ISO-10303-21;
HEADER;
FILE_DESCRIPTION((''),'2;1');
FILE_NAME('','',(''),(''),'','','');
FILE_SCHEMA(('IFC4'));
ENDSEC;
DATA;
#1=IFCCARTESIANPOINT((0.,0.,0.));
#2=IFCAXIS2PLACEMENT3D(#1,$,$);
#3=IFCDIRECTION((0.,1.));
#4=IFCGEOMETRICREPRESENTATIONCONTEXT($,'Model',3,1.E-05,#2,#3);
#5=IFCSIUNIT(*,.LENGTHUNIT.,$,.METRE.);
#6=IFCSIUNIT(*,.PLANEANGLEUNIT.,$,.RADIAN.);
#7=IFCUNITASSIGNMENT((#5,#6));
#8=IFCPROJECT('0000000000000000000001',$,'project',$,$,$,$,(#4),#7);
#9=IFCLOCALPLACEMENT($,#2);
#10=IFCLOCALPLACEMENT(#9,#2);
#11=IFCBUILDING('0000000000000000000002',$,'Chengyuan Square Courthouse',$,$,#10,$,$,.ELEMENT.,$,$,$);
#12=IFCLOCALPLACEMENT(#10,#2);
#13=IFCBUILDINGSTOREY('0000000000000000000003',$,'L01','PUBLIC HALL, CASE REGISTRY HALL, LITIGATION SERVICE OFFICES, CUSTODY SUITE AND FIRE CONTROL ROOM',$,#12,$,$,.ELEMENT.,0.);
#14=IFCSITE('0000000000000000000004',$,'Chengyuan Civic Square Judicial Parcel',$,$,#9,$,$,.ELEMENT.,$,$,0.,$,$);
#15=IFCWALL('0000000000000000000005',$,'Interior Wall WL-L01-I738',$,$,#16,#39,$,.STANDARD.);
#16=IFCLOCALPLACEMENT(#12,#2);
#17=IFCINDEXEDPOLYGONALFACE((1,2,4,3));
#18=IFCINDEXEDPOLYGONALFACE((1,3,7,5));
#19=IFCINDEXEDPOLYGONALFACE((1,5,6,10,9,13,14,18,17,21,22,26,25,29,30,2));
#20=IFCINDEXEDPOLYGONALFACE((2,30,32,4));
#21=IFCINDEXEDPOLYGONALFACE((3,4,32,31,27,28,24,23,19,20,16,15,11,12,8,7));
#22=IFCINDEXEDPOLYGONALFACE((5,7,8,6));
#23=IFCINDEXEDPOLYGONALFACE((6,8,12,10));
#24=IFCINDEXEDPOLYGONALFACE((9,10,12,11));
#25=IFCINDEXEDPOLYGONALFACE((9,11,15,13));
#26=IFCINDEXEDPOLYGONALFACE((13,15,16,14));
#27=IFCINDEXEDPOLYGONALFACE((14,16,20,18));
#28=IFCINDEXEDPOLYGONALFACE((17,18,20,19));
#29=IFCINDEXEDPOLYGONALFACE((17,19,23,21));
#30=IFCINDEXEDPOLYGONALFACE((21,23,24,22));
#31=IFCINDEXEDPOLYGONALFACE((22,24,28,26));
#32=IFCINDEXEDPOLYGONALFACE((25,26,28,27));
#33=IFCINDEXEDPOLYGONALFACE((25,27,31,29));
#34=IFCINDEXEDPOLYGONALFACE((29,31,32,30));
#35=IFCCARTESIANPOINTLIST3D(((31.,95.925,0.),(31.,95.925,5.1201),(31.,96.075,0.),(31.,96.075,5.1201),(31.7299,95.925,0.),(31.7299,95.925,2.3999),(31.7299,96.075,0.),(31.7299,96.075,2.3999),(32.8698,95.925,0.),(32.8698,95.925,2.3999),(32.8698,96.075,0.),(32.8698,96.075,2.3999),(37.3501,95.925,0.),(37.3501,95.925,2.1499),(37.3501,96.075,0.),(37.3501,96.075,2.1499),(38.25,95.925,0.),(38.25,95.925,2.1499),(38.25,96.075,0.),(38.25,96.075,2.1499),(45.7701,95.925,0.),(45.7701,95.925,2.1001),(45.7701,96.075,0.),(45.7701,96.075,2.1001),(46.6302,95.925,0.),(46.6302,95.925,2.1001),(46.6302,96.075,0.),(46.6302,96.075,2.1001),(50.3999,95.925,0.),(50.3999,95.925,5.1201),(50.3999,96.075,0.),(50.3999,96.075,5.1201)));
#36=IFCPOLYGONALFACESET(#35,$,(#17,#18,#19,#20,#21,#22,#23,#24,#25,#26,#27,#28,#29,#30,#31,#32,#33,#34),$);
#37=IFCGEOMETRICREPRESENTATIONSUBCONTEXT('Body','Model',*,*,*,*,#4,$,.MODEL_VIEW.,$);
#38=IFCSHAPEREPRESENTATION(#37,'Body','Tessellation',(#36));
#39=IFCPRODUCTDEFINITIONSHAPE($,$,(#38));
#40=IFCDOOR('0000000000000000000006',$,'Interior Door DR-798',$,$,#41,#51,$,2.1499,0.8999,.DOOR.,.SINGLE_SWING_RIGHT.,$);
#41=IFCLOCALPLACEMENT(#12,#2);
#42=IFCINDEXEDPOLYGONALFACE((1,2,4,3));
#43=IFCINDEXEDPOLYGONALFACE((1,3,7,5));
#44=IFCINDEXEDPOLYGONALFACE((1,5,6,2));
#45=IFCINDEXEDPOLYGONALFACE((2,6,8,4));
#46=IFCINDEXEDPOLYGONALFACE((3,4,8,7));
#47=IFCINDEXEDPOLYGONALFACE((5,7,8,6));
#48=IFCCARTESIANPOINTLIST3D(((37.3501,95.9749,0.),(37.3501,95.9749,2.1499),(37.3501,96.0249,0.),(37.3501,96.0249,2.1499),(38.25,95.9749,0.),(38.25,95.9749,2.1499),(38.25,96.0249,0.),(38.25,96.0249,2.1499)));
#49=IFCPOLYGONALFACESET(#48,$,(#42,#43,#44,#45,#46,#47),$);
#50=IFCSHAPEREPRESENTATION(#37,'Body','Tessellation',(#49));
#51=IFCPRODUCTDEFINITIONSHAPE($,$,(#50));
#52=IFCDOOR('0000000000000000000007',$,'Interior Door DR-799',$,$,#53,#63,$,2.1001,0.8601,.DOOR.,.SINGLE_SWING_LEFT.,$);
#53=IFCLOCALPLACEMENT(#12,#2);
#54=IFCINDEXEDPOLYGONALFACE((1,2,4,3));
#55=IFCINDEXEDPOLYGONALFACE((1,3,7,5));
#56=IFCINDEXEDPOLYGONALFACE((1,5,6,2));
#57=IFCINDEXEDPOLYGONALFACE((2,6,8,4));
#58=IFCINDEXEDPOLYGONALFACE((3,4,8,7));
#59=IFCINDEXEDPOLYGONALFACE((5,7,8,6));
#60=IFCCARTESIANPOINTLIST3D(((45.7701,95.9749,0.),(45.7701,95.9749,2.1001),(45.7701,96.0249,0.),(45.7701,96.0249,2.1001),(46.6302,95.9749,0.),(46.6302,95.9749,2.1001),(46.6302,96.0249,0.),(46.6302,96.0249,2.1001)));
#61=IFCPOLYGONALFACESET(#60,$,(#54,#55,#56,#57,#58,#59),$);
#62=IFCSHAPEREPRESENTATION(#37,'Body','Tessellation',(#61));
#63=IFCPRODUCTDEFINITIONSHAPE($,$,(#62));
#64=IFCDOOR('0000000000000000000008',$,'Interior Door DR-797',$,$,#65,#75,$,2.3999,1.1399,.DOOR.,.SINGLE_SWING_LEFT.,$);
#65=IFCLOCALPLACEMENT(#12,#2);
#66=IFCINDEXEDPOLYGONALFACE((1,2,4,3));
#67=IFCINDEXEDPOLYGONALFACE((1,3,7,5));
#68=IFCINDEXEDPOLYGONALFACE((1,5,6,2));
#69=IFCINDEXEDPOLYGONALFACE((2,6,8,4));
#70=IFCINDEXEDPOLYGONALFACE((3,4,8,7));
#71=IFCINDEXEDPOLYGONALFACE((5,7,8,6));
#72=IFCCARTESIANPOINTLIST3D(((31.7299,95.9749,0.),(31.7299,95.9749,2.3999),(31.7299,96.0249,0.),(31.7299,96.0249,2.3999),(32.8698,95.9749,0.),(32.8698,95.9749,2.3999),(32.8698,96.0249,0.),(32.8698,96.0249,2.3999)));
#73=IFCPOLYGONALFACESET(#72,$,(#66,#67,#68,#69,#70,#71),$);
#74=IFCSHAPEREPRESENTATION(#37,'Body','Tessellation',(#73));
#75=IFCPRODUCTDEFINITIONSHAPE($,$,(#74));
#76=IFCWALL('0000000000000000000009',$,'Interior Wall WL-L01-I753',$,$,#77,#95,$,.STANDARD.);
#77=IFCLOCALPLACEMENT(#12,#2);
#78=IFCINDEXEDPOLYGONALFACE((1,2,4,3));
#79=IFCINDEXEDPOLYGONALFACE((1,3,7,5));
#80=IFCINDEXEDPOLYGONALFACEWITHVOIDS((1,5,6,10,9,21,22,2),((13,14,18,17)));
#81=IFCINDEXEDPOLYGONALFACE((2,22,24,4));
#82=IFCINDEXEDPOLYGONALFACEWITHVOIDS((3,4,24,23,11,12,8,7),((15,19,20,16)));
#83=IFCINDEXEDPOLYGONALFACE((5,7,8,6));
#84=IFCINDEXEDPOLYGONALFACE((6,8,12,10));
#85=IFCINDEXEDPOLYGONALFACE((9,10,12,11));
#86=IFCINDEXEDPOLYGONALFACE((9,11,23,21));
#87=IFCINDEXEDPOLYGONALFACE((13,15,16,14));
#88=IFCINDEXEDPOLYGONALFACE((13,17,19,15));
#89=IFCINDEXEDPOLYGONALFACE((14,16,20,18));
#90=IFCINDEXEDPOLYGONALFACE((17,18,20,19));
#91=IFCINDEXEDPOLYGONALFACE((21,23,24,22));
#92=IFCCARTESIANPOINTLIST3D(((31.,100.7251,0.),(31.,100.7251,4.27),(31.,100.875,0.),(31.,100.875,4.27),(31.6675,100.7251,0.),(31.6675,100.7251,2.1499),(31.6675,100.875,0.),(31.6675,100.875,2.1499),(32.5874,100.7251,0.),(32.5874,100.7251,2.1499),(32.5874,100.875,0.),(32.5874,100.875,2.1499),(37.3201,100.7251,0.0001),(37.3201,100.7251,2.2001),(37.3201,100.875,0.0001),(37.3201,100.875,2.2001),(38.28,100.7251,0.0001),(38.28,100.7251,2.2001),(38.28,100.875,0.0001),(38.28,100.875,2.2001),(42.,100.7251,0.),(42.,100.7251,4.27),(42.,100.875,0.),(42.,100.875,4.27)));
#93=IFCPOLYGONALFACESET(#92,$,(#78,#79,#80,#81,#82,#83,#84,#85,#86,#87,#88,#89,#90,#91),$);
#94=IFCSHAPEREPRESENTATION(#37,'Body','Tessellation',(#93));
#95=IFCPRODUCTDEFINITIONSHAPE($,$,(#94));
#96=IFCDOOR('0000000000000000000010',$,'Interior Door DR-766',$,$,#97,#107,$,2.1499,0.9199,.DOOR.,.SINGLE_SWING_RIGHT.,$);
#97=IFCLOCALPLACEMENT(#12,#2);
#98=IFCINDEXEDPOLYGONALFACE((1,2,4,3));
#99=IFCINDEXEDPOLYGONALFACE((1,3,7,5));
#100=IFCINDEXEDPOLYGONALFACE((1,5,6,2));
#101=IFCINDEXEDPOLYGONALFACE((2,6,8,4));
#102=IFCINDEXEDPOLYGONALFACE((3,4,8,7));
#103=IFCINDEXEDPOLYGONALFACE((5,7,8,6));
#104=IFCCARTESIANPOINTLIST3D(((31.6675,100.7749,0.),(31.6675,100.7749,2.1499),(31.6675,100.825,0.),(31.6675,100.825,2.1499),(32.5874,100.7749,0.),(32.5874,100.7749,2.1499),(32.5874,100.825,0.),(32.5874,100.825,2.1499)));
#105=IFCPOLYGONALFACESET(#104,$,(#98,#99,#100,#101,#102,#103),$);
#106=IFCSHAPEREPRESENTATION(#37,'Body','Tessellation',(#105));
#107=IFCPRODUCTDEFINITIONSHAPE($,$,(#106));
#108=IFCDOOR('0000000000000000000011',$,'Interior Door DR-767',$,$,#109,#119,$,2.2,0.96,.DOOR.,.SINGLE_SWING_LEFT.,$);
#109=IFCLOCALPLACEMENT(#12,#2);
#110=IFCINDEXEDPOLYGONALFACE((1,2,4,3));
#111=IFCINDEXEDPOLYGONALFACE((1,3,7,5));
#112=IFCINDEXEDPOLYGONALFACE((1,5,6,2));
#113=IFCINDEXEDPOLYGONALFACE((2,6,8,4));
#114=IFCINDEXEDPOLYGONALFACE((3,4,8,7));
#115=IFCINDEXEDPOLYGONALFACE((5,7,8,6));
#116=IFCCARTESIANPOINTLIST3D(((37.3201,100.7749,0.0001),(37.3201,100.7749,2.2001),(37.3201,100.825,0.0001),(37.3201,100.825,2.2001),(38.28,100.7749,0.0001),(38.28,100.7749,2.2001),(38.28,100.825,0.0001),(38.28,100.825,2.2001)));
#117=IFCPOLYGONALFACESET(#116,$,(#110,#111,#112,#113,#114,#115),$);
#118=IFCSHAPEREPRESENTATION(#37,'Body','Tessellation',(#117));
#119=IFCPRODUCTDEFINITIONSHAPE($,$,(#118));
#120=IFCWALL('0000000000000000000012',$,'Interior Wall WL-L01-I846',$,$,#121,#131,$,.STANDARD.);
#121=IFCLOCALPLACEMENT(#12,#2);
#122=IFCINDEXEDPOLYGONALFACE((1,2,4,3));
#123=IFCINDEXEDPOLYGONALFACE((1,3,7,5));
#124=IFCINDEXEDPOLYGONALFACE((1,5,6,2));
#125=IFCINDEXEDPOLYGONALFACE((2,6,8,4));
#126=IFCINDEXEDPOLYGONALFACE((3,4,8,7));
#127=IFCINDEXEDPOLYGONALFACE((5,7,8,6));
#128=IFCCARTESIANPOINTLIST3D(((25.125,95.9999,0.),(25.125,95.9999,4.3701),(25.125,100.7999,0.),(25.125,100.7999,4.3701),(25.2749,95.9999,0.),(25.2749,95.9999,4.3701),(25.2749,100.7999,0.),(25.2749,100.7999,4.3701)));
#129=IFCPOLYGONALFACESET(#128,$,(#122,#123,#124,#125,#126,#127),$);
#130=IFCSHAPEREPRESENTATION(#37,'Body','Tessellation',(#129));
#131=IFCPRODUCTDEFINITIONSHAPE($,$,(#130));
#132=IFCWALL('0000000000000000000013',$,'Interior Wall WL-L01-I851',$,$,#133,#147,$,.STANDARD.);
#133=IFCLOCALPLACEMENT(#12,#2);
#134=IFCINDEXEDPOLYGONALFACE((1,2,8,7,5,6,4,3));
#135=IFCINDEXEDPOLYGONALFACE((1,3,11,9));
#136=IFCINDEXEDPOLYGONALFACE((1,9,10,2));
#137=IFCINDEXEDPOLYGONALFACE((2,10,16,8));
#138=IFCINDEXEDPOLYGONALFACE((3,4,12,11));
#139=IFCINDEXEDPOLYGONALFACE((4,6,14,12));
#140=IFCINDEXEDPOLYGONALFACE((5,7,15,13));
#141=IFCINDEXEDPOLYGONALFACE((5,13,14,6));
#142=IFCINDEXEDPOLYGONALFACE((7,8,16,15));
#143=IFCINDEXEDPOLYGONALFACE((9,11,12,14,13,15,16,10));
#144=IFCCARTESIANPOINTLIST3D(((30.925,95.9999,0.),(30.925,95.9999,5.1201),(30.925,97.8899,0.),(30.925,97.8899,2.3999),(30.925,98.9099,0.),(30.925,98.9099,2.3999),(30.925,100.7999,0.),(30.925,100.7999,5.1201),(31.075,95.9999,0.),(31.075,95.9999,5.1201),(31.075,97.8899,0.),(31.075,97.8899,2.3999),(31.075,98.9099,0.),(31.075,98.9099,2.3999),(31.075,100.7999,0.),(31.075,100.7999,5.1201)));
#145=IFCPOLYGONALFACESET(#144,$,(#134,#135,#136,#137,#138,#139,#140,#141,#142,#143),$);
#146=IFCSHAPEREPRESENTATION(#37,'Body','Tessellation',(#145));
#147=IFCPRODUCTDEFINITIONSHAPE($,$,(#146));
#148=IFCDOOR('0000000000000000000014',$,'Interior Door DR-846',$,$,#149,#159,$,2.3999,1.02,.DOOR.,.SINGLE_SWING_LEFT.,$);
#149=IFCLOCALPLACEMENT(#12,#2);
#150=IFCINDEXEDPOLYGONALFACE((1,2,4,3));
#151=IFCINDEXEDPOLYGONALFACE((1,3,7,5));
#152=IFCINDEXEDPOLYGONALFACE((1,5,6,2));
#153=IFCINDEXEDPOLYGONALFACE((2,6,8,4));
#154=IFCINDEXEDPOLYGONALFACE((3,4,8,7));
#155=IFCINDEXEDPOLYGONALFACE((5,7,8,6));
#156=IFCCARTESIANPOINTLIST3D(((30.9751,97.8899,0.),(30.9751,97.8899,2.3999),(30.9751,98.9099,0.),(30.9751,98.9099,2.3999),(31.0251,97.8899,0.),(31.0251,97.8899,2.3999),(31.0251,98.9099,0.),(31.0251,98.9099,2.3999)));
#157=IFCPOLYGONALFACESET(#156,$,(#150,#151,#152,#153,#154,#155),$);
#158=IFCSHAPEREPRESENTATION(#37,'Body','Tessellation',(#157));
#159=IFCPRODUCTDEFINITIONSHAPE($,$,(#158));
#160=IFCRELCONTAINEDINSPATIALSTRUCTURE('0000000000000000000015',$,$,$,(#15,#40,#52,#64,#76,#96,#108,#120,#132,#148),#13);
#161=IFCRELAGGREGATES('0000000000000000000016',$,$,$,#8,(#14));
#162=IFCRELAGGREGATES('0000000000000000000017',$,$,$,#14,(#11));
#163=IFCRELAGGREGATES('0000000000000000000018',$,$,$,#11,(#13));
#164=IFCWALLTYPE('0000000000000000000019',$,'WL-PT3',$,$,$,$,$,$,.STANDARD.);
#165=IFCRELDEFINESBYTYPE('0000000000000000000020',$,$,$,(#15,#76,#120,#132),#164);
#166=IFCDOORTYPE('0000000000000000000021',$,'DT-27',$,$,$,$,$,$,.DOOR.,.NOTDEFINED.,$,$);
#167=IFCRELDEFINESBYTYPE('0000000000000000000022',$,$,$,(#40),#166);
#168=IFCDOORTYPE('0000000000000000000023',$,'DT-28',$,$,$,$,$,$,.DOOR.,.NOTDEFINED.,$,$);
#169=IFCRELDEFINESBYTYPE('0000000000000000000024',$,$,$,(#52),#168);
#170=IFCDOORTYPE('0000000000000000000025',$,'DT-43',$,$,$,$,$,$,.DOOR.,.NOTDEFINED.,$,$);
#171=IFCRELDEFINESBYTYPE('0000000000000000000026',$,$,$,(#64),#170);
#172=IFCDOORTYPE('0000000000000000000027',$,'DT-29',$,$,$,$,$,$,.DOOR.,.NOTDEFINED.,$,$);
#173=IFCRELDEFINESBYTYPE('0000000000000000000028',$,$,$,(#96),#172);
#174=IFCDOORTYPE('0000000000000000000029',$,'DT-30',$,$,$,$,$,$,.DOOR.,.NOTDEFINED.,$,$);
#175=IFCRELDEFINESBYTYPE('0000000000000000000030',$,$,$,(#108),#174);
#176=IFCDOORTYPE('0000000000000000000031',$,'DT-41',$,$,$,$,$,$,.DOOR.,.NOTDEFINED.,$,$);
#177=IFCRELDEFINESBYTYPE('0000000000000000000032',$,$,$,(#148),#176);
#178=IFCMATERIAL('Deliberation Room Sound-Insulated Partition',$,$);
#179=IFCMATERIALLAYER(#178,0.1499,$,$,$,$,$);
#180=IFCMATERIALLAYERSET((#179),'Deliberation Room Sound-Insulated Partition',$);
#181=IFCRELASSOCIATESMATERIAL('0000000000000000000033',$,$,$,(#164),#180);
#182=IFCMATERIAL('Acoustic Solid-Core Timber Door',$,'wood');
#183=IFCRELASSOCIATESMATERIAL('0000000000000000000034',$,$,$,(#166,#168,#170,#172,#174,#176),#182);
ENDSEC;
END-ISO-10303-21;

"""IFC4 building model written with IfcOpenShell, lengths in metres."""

from ifc_helpers import new_model, si_unit, direction, frame, frame_2d, origin, place, context, subcontext, project, spatial, rectangle, extrude, material, layer, layer_set, type_object, element, fill, save


model = new_model("IFC4")

# Units and contexts
model_context = context("Model", 3, precision=1e-05, world=origin(), true_north=direction((0.0, 1.0)))
body_context = subcontext(model_context, "Body", "Model", "MODEL_VIEW")
ifc_project = project(units=[si_unit("LENGTHUNIT", "METRE"), si_unit("PLANEANGLEUNIT", "RADIAN")], contexts=[model_context])

# Site, building, storey
site_placement = place(None, origin())
site = spatial("IfcSite", under=ifc_project, at=site_placement, Name="Chengyuan Civic Square Judicial Parcel", CompositionType="ELEMENT", RefElevation=0.0)
building_placement = place(site_placement, origin())
building = spatial("IfcBuilding", under=site, at=building_placement, Name="Chengyuan Square Courthouse", CompositionType="ELEMENT")
storey_placement = place(building_placement, origin())
storey = spatial("IfcBuildingStorey", under=building, at=storey_placement, Name="L01", Description="PUBLIC HALL, CASE REGISTRY HALL, LITIGATION SERVICE OFFICES, CUSTODY SUITE AND FIRE CONTROL ROOM", CompositionType="ELEMENT", Elevation=0.0)

# Walls, openings, doors
ifc_material_1 = material(Name="Deliberation Room Sound-Insulated Partition")
ifc_layer_1 = layer(ifc_material_1, 0.1499)
ifc_layer_set_1 = layer_set([ifc_layer_1], Name="Deliberation Room Sound-Insulated Partition")
wall_type_1 = type_object("IfcWallType", Name="WL-PT3", PredefinedType="STANDARD", material=ifc_layer_set_1)
wall_1_placement = place(storey_placement, frame((31.0, 96.0, 0.0), z_axis=(0.0, 0.0, 1.0), x_axis=(1.0, 0.0, 0.0)))
wall_1 = element("IfcWall", 1, at=wall_1_placement, inside=storey, type_object=wall_type_1, Name="Interior Wall WL-L01-I738", PredefinedType="STANDARD", context=body_context, shape_type="SweptSolid", body=[
    extrude(rectangle(XDim=19.3999, YDim=0.1499, at=frame_2d((9.7, 0.0))), origin(), (0.0, 0.0, 1.0), 5.1201),
])
opening_1_placement = place(wall_1_placement, frame((0.73, 0.0, 0.0)))
opening_1 = element("IfcOpeningElement", 2, at=opening_1_placement, cuts=wall_1, PredefinedType="OPENING", context=body_context, shape_type="SweptSolid", body=[
    extrude(rectangle(XDim=1.1399, YDim=2.3999, at=frame_2d((0.5698, 1.2))), frame((0.0, 0.0869, 0.0), z_axis=(0.0, -1.0, 0.0), x_axis=(1.0, 0.0, 0.0)), (0.0, 0.0, 1.0), 0.1738),
])
opening_2_placement = place(wall_1_placement, frame((6.3501, 0.0, 0.0)))
opening_2 = element("IfcOpeningElement", 3, at=opening_2_placement, cuts=wall_1, PredefinedType="OPENING", context=body_context, shape_type="SweptSolid", body=[
    extrude(rectangle(XDim=0.8999, YDim=2.1499, at=frame_2d((0.45, 1.075))), frame((0.0, 0.0869, 0.0), z_axis=(0.0, -1.0, 0.0), x_axis=(1.0, 0.0, 0.0)), (0.0, 0.0, 1.0), 0.1738),
])
opening_3_placement = place(wall_1_placement, frame((14.77, 0.0, 0.0)))
opening_3 = element("IfcOpeningElement", 4, at=opening_3_placement, cuts=wall_1, PredefinedType="OPENING", context=body_context, shape_type="SweptSolid", body=[
    extrude(rectangle(XDim=0.8601, YDim=2.1001, at=frame_2d((0.4302, 1.05))), frame((0.0, 0.0869, 0.0), z_axis=(0.0, -1.0, 0.0), x_axis=(1.0, 0.0, 0.0)), (0.0, 0.0, 1.0), 0.1738),
])
ifc_material_2 = material(Name="Acoustic Solid-Core Timber Door", Category="wood")
door_type_1 = type_object("IfcDoorType", Name="DT-27", OperationType="NOTDEFINED", PredefinedType="DOOR", material=ifc_material_2)
door_1_placement = place(opening_2_placement, origin())
door_1 = element("IfcDoor", 5, at=door_1_placement, inside=storey, type_object=door_type_1, Name="Interior Door DR-798", OperationType="SINGLE_SWING_RIGHT", OverallHeight=2.1499, OverallWidth=0.8999, PredefinedType="DOOR", context=body_context, shape_type="SweptSolid", body=[
    extrude(rectangle(XDim=0.8999, YDim=2.1499, at=frame_2d((0.45, 1.075))), frame((0.0, 0.0249, 0.0), z_axis=(0.0, -1.0, 0.0), x_axis=(1.0, 0.0, 0.0)), (0.0, 0.0, 1.0), 0.05),
])
fill(opening_2, door_1)
door_type_2 = type_object("IfcDoorType", Name="DT-28", OperationType="NOTDEFINED", PredefinedType="DOOR", material=ifc_material_2)
door_2_placement = place(opening_3_placement, origin())
door_2 = element("IfcDoor", 6, at=door_2_placement, inside=storey, type_object=door_type_2, Name="Interior Door DR-799", OperationType="SINGLE_SWING_LEFT", OverallHeight=2.1001, OverallWidth=0.8601, PredefinedType="DOOR", context=body_context, shape_type="SweptSolid", body=[
    extrude(rectangle(XDim=0.8601, YDim=2.1001, at=frame_2d((0.4302, 1.05))), frame((0.0, 0.0249, 0.0), z_axis=(0.0, -1.0, 0.0), x_axis=(1.0, 0.0, 0.0)), (0.0, 0.0, 1.0), 0.05),
])
fill(opening_3, door_2)
door_type_3 = type_object("IfcDoorType", Name="DT-43", OperationType="NOTDEFINED", PredefinedType="DOOR", material=ifc_material_2)
door_3_placement = place(opening_1_placement, origin())
door_3 = element("IfcDoor", 7, at=door_3_placement, inside=storey, type_object=door_type_3, Name="Interior Door DR-797", OperationType="SINGLE_SWING_LEFT", OverallHeight=2.3999, OverallWidth=1.1399, PredefinedType="DOOR", context=body_context, shape_type="SweptSolid", body=[
    extrude(rectangle(XDim=1.1399, YDim=2.3999, at=frame_2d((0.5698, 1.2))), frame((0.0, 0.0249, 0.0), z_axis=(0.0, -1.0, 0.0), x_axis=(1.0, 0.0, 0.0)), (0.0, 0.0, 1.0), 0.05),
])
fill(opening_1, door_3)
wall_2_placement = place(storey_placement, frame((31.0, 100.8, 0.0), z_axis=(0.0, 0.0, 1.0), x_axis=(1.0, 0.0, 0.0)))
wall_2 = element("IfcWall", 8, at=wall_2_placement, inside=storey, type_object=wall_type_1, Name="Interior Wall WL-L01-I753", PredefinedType="STANDARD", context=body_context, shape_type="SweptSolid", body=[
    extrude(rectangle(XDim=11.0, YDim=0.1499, at=frame_2d((5.5, 0.0))), origin(), (0.0, 0.0, 1.0), 4.27),
])
opening_4_placement = place(wall_2_placement, frame((0.6675, 0.0, 0.0)))
opening_4 = element("IfcOpeningElement", 9, at=opening_4_placement, cuts=wall_2, PredefinedType="OPENING", context=body_context, shape_type="SweptSolid", body=[
    extrude(rectangle(XDim=0.9199, YDim=2.1499, at=frame_2d((0.46, 1.075))), frame((0.0, 0.0869, 0.0), z_axis=(0.0, -1.0, 0.0), x_axis=(1.0, 0.0, 0.0)), (0.0, 0.0, 1.0), 0.1738),
])
opening_5_placement = place(wall_2_placement, frame((6.3201, 0.0, 0.0)))
opening_5 = element("IfcOpeningElement", 10, at=opening_5_placement, cuts=wall_2, PredefinedType="OPENING", context=body_context, shape_type="SweptSolid", body=[
    extrude(rectangle(XDim=0.96, YDim=2.2, at=frame_2d((0.48, 1.1001))), frame((0.0, 0.0869, 0.0), z_axis=(0.0, -1.0, 0.0), x_axis=(1.0, 0.0, 0.0)), (0.0, 0.0, 1.0), 0.1738),
])
door_type_4 = type_object("IfcDoorType", Name="DT-29", OperationType="NOTDEFINED", PredefinedType="DOOR", material=ifc_material_2)
door_4_placement = place(opening_4_placement, origin())
door_4 = element("IfcDoor", 11, at=door_4_placement, inside=storey, type_object=door_type_4, Name="Interior Door DR-766", OperationType="SINGLE_SWING_RIGHT", OverallHeight=2.1499, OverallWidth=0.9199, PredefinedType="DOOR", context=body_context, shape_type="SweptSolid", body=[
    extrude(rectangle(XDim=0.9199, YDim=2.1499, at=frame_2d((0.46, 1.075))), frame((0.0, 0.0249, 0.0), z_axis=(0.0, -1.0, 0.0), x_axis=(1.0, 0.0, 0.0)), (0.0, 0.0, 1.0), 0.05),
])
fill(opening_4, door_4)
door_type_5 = type_object("IfcDoorType", Name="DT-30", OperationType="NOTDEFINED", PredefinedType="DOOR", material=ifc_material_2)
door_5_placement = place(opening_5_placement, origin())
door_5 = element("IfcDoor", 12, at=door_5_placement, inside=storey, type_object=door_type_5, Name="Interior Door DR-767", OperationType="SINGLE_SWING_LEFT", OverallHeight=2.2, OverallWidth=0.96, PredefinedType="DOOR", context=body_context, shape_type="SweptSolid", body=[
    extrude(rectangle(XDim=0.96, YDim=2.2, at=frame_2d((0.48, 1.1001))), frame((0.0, 0.0249, 0.0), z_axis=(0.0, -1.0, 0.0), x_axis=(1.0, 0.0, 0.0)), (0.0, 0.0, 1.0), 0.05),
])
fill(opening_5, door_5)

# Wall
wall_3_placement = place(storey_placement, frame((25.2, 96.0, 0.0), z_axis=(0.0, 0.0, 1.0), x_axis=(0.0, 1.0, 0.0)))
element("IfcWall", 13, at=wall_3_placement, inside=storey, type_object=wall_type_1, Name="Interior Wall WL-L01-I846", PredefinedType="STANDARD", context=body_context, shape_type="SweptSolid", body=[
    extrude(rectangle(XDim=4.8, YDim=0.1499, at=frame_2d((2.3999, 0.0))), origin(), (0.0, 0.0, 1.0), 4.3701),
])

# Wall, opening, door
wall_4_placement = place(storey_placement, frame((31.0, 96.0, 0.0), z_axis=(0.0, 0.0, 1.0), x_axis=(0.0, 1.0, 0.0)))
wall_4 = element("IfcWall", 14, at=wall_4_placement, inside=storey, type_object=wall_type_1, Name="Interior Wall WL-L01-I851", PredefinedType="STANDARD", context=body_context, shape_type="SweptSolid", body=[
    extrude(rectangle(XDim=4.8, YDim=0.1499, at=frame_2d((2.3999, 0.0))), origin(), (0.0, 0.0, 1.0), 5.1201),
])
opening_6_placement = place(wall_4_placement, frame((1.8899, 0.0, 0.0)))
opening_6 = element("IfcOpeningElement", 15, at=opening_6_placement, cuts=wall_4, PredefinedType="OPENING", context=body_context, shape_type="SweptSolid", body=[
    extrude(rectangle(XDim=1.02, YDim=2.3999, at=frame_2d((0.51, 1.2))), frame((0.0, 0.0869, 0.0), z_axis=(0.0, -1.0, 0.0), x_axis=(1.0, 0.0, 0.0)), (0.0, 0.0, 1.0), 0.1738),
])
door_type_6 = type_object("IfcDoorType", Name="DT-41", OperationType="NOTDEFINED", PredefinedType="DOOR", material=ifc_material_2)
door_6_placement = place(opening_6_placement, origin())
door_6 = element("IfcDoor", 16, at=door_6_placement, inside=storey, type_object=door_type_6, Name="Interior Door DR-846", OperationType="SINGLE_SWING_LEFT", OverallHeight=2.3999, OverallWidth=1.02, PredefinedType="DOOR", context=body_context, shape_type="SweptSolid", body=[
    extrude(rectangle(XDim=1.02, YDim=2.3999, at=frame_2d((0.51, 1.2))), frame((0.0, 0.0249, 0.0), z_axis=(0.0, -1.0, 0.0), x_axis=(1.0, 0.0, 0.0)), (0.0, 0.0, 1.0), 0.05),
])
fill(opening_6, door_6)

save(model, "model.ifc")
